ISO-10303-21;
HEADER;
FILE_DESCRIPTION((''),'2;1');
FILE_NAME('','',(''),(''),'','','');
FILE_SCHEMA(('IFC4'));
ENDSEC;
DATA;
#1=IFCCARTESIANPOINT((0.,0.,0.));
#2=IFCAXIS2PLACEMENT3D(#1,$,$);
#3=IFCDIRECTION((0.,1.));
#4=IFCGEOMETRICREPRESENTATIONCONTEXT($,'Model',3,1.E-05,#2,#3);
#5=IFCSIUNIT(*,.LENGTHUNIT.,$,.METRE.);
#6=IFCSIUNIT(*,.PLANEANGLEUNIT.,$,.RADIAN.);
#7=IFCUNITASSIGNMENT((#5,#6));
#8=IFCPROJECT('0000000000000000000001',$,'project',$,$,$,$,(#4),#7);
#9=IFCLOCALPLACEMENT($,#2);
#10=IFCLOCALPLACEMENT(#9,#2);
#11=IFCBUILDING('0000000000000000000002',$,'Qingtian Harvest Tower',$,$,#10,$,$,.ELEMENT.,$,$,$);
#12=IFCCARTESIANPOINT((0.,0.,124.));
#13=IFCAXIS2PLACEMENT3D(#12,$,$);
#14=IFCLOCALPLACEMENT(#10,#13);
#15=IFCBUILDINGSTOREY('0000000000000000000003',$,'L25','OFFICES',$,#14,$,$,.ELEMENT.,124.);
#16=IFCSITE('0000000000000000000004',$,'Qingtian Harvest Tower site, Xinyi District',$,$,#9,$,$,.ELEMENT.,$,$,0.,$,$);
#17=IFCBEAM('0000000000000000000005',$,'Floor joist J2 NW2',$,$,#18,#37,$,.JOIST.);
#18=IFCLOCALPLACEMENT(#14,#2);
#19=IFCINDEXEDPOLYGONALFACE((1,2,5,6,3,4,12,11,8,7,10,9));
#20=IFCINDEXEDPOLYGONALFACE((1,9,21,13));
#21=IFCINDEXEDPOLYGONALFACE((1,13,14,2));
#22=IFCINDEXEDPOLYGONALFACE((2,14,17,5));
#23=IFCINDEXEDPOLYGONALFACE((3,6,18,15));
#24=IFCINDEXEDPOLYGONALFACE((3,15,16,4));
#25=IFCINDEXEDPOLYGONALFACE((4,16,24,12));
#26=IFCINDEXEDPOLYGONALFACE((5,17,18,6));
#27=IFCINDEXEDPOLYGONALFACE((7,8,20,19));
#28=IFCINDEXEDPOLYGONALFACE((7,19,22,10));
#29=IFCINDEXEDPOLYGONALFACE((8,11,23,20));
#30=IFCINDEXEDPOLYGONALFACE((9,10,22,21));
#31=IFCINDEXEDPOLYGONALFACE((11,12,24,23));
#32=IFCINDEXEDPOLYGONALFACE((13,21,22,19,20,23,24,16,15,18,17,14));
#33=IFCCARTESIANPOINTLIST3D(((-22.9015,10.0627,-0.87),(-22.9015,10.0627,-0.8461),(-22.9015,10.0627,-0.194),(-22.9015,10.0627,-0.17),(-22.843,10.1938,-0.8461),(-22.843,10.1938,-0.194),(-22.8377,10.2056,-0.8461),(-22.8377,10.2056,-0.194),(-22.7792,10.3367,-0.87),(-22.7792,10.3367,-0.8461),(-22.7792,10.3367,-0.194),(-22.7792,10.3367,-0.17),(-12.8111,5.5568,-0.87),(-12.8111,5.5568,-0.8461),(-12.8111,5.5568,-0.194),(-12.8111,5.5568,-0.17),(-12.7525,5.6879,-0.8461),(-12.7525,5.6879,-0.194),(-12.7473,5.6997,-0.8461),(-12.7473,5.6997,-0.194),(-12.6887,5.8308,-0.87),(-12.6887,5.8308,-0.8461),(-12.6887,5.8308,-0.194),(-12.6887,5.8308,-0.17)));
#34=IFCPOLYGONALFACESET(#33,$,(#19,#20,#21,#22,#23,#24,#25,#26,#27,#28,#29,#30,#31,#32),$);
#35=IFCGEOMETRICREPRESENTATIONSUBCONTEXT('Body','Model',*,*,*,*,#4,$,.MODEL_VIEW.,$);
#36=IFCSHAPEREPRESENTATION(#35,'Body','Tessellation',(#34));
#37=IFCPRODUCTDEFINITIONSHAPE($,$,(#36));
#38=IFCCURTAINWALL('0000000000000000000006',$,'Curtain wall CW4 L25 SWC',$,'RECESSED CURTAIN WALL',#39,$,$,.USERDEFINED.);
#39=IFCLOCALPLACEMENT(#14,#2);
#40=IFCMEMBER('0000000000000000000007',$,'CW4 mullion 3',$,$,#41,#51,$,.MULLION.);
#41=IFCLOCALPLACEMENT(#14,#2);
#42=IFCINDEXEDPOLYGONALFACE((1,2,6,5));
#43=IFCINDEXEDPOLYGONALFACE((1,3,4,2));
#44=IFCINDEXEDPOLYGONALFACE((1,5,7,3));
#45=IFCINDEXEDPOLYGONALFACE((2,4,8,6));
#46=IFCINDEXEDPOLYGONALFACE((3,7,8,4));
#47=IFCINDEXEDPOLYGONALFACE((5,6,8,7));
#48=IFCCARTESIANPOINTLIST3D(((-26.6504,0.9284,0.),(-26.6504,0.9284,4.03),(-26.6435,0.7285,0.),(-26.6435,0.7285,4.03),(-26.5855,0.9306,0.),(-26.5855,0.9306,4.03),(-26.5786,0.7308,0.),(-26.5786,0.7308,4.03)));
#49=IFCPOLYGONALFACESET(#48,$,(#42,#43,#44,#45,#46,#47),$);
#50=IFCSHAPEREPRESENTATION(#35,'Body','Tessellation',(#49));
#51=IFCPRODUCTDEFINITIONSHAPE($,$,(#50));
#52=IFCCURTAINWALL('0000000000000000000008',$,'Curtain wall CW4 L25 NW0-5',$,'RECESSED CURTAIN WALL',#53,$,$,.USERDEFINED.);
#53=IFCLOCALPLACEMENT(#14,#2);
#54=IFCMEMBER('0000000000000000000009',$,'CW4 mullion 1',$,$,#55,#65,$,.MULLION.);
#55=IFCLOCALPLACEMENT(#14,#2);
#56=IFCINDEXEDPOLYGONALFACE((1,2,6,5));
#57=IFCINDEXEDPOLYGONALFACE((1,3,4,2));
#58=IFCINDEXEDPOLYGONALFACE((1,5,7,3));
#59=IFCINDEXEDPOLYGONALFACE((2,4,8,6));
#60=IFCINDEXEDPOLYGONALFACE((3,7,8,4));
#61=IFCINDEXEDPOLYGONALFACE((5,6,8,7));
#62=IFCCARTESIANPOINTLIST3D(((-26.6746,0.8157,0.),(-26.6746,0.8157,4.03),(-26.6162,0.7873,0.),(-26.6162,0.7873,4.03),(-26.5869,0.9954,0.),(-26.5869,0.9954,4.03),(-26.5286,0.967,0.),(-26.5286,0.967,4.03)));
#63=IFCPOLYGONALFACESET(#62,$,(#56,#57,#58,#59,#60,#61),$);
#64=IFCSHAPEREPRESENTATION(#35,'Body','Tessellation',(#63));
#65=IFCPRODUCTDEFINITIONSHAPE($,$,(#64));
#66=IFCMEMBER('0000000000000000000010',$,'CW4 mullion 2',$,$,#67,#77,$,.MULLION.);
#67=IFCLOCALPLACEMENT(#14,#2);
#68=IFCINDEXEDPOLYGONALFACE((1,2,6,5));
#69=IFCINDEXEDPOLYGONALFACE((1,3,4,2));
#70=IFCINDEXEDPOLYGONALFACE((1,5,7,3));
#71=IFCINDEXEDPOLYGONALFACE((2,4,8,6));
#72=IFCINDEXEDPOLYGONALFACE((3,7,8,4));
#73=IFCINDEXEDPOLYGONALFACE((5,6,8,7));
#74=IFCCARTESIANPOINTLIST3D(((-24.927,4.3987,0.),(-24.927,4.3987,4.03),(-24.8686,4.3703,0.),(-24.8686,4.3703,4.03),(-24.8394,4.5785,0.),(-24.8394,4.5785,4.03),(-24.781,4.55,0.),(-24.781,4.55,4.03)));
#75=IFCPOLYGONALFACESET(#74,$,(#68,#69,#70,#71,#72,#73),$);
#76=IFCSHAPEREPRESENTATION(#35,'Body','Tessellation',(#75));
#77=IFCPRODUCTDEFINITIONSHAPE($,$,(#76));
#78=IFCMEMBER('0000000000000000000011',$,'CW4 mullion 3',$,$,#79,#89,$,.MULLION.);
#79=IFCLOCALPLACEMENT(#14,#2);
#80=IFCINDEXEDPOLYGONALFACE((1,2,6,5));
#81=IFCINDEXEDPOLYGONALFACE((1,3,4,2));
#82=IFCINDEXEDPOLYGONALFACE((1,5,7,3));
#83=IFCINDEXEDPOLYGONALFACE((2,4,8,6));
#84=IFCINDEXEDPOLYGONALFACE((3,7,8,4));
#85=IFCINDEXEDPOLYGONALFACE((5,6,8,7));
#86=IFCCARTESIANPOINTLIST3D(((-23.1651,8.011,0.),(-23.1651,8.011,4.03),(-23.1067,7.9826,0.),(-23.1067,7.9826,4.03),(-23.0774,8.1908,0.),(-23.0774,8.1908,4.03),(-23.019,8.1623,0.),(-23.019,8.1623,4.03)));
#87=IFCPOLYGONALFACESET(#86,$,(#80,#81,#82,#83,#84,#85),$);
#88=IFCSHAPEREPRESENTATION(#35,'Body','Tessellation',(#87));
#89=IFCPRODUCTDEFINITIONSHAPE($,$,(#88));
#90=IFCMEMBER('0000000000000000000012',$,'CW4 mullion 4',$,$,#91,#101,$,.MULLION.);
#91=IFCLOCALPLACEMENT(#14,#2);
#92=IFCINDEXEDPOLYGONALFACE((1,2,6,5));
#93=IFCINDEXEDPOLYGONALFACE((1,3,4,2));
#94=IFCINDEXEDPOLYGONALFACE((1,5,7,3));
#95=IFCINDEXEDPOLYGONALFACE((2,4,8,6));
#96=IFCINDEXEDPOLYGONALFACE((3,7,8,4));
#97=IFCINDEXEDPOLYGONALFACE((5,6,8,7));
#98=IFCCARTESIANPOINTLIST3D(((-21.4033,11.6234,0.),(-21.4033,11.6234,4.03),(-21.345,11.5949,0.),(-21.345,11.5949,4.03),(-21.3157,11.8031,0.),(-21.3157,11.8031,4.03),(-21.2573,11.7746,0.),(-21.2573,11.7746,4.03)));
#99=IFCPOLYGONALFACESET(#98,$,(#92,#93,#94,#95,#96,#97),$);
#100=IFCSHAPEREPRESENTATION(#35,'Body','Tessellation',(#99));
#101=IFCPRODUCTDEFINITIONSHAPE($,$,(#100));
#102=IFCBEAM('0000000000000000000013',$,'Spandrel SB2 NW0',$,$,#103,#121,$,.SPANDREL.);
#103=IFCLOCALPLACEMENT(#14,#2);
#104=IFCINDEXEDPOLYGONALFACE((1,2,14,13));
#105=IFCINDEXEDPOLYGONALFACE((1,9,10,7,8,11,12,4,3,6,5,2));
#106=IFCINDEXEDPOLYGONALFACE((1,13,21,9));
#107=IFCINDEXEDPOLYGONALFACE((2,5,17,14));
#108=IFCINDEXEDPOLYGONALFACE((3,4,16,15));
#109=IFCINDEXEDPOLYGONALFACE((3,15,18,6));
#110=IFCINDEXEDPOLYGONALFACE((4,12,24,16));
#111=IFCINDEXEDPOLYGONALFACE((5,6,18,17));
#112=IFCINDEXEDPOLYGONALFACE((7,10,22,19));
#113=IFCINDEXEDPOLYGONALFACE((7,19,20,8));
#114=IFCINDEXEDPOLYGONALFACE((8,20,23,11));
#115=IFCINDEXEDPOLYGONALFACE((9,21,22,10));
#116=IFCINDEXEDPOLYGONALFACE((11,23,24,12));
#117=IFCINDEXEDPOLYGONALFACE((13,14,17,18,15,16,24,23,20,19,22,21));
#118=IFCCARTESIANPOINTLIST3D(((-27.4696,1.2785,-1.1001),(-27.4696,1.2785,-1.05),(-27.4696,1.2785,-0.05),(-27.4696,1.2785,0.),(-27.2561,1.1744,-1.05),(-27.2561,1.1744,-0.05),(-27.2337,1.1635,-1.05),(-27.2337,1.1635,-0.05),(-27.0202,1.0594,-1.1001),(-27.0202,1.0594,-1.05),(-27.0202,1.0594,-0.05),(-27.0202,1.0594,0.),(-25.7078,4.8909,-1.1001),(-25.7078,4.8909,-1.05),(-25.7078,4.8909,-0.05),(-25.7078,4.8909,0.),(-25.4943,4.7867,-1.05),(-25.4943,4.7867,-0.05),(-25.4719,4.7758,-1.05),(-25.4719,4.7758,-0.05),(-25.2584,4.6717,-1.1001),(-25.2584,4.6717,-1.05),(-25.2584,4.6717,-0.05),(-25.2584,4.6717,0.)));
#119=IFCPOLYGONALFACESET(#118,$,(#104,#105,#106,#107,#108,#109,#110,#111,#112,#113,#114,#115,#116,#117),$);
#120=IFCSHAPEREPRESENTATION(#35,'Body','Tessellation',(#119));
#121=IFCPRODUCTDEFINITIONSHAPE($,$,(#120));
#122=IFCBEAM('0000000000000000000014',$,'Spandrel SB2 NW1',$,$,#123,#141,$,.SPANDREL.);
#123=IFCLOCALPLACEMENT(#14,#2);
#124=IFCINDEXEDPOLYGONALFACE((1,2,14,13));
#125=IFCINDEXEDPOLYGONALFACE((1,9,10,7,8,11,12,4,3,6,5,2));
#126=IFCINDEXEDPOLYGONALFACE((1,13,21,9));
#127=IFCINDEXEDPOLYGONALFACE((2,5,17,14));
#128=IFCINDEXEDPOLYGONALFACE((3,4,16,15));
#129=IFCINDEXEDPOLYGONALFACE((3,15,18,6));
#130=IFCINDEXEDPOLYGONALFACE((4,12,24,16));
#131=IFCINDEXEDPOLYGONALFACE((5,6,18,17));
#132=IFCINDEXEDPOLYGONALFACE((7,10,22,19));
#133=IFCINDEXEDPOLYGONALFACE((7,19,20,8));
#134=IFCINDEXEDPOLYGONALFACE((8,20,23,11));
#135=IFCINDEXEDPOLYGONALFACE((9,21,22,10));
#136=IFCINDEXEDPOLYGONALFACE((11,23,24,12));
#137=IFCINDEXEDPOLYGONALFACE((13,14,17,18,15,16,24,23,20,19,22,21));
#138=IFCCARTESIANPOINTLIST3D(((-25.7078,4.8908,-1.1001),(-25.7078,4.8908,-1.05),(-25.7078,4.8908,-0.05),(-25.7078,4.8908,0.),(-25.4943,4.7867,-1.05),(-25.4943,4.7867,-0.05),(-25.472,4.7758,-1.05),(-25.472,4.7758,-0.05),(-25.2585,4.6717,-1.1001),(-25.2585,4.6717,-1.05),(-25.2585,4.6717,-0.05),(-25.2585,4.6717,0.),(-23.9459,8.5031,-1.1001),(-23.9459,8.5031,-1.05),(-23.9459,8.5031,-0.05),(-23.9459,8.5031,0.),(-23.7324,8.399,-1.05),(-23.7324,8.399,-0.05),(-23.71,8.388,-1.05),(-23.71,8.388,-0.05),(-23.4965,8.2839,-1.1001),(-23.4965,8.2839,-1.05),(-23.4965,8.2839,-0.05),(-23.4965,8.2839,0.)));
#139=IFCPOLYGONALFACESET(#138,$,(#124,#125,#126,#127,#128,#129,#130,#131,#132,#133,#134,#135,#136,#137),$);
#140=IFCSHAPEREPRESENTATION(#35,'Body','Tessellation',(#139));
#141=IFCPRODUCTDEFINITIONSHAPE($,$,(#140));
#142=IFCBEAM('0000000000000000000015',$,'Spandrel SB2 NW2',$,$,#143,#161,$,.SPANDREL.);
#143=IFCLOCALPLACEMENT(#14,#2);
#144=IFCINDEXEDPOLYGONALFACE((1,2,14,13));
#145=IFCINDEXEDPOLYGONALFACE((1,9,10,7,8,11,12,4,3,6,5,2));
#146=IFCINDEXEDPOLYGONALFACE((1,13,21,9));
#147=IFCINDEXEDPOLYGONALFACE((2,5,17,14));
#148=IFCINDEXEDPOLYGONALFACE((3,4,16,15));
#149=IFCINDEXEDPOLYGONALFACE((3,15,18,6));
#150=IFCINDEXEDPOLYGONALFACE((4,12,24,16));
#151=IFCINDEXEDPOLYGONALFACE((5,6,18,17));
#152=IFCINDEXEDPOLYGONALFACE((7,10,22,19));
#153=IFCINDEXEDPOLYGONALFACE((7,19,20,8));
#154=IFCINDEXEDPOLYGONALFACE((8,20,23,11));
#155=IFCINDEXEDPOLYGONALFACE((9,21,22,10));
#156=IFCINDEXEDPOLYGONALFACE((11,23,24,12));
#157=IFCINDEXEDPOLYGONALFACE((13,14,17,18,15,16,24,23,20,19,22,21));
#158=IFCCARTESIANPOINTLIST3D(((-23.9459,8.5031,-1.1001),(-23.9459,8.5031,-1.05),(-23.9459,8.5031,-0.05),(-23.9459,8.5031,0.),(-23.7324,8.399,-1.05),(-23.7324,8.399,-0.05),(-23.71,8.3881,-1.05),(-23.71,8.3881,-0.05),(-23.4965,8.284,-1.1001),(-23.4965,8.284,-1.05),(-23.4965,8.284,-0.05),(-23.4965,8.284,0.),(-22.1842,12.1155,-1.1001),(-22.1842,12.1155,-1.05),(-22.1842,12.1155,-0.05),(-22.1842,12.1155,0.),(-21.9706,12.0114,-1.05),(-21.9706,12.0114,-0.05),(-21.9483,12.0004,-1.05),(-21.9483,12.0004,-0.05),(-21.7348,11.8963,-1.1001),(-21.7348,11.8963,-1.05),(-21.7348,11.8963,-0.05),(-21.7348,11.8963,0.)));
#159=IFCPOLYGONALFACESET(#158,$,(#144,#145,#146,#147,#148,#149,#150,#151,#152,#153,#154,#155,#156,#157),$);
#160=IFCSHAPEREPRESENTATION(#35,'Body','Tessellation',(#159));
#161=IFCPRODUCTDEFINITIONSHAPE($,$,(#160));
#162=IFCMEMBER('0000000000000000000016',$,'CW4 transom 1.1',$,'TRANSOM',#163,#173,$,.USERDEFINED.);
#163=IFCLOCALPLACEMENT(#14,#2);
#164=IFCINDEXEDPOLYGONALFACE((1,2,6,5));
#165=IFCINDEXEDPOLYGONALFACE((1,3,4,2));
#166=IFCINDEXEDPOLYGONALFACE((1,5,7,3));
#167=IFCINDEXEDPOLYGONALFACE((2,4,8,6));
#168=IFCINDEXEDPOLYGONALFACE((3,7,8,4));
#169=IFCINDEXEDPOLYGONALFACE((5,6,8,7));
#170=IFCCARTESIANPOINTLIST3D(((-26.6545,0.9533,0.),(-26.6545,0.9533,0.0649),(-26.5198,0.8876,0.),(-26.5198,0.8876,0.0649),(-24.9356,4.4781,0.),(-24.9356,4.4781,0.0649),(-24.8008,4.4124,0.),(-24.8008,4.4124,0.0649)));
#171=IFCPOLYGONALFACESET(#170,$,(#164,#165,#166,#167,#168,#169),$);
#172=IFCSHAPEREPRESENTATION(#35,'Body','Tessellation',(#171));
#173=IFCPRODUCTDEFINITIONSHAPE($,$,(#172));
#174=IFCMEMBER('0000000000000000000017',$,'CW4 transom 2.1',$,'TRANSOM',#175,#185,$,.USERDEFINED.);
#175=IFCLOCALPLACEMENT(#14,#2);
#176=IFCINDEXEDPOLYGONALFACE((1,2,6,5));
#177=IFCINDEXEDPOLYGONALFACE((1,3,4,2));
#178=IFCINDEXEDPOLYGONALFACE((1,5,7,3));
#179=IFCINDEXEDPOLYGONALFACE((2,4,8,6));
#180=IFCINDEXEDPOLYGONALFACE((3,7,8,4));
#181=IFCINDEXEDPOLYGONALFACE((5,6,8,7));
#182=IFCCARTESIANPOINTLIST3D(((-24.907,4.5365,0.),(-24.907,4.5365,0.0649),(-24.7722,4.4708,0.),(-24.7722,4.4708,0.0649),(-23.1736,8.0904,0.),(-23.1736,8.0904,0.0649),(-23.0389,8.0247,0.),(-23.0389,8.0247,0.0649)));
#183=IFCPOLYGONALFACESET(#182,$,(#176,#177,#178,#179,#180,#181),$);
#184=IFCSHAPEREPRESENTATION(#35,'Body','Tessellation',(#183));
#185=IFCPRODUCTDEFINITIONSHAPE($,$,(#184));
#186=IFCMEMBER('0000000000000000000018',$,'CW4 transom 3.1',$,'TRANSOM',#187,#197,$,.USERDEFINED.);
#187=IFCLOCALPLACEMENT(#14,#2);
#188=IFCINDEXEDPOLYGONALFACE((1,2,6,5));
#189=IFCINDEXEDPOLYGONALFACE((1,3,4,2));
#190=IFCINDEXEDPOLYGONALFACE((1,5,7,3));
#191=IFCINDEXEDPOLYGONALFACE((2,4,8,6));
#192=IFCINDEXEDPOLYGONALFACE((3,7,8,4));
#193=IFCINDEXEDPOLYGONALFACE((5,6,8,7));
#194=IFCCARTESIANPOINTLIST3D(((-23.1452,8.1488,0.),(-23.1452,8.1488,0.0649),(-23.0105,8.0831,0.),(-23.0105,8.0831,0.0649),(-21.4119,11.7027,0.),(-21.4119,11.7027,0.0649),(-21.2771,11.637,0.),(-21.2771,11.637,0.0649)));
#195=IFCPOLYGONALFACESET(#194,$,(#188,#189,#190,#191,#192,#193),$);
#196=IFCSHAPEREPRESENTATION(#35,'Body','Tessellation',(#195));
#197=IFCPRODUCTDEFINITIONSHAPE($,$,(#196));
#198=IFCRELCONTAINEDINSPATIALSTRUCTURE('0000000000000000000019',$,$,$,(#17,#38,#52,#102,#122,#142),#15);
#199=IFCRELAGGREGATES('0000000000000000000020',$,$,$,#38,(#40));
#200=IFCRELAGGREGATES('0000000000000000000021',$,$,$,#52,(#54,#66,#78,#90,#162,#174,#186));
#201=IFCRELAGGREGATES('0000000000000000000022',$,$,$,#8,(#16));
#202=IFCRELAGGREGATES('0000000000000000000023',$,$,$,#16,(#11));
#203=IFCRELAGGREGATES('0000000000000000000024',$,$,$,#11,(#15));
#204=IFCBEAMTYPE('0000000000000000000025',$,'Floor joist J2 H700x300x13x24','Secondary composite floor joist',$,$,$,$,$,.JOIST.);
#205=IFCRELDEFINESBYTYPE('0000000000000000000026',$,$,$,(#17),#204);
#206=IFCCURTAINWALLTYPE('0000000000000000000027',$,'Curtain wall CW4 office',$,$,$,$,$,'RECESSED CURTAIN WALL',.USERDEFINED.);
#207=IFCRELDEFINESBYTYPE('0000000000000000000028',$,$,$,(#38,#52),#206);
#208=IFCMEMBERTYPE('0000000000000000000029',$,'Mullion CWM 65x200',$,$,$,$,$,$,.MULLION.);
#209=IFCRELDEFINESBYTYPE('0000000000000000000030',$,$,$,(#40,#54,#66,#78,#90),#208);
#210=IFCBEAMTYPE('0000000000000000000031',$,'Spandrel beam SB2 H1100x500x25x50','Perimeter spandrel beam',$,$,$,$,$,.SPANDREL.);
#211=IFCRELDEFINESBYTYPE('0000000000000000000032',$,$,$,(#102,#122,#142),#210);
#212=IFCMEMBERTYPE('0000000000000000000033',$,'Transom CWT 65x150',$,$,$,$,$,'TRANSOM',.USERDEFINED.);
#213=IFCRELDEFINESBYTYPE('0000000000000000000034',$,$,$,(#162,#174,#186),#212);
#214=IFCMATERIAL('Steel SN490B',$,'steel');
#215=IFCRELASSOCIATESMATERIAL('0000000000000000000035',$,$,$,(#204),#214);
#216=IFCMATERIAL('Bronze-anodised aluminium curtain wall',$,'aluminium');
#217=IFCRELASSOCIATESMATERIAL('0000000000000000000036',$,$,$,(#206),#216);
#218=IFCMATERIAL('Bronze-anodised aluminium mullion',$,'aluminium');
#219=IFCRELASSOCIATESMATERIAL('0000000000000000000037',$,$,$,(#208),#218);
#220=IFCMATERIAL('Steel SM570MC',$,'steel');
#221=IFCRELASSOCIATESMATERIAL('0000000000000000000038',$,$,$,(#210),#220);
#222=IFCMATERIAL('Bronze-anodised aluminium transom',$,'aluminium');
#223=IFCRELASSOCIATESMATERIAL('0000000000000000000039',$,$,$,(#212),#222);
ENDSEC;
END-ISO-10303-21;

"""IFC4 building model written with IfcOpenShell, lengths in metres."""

from ifc_helpers import new_model, si_unit, direction, frame, origin, origin_2d, place, context, subcontext, project, spatial, rectangle, i_section, extrude, material, material_profile, profile_set, type_object, element, aggregate, save


model = new_model("IFC4")

# Units and contexts
model_context = context("Model", 3, precision=1e-05, world=origin(), true_north=direction((0.0, 1.0)))
body_context = subcontext(model_context, "Body", "Model", "MODEL_VIEW")
ifc_project = project(units=[si_unit("LENGTHUNIT", "METRE"), si_unit("PLANEANGLEUNIT", "RADIAN")], contexts=[model_context])

# Site, building, storey
site_placement = place(None, origin())
site = spatial("IfcSite", under=ifc_project, at=site_placement, Name="Qingtian Harvest Tower site, Xinyi District", CompositionType="ELEMENT", RefElevation=0.0)
building_placement = place(site_placement, origin())
building = spatial("IfcBuilding", under=site, at=building_placement, Name="Qingtian Harvest Tower", CompositionType="ELEMENT")
storey_placement = place(building_placement, frame((0.0, 0.0, 124.0)))
storey = spatial("IfcBuildingStorey", under=building, at=storey_placement, Name="L25", Description="OFFICES", CompositionType="ELEMENT", Elevation=124.0)

# Beam
ifc_material_1 = material(Name="Steel SN490B", Category="steel")
ifc_material_profile_1 = material_profile(ifc_material_1, i_section(OverallWidth=0.3, OverallDepth=0.7, WebThickness=0.0129, FlangeThickness=0.0239, at=origin_2d()), Name="H700x300x13x24")
ifc_profile_set_1 = profile_set([ifc_material_profile_1], Name="Steel SN490B")
beam_type_1 = type_object("IfcBeamType", Name="Floor joist J2 H700x300x13x24", Description="Secondary composite floor joist", PredefinedType="JOIST", material=ifc_profile_set_1)
beam_1_placement = place(storey_placement, frame((-22.8403, 10.1997, -0.52), z_axis=(0.913096, -0.407745, 0.0), x_axis=(0.407745, 0.913096, 0.0)))
element("IfcBeam", 1, at=beam_1_placement, inside=storey, type_object=beam_type_1, Name="Floor joist J2 NW2", PredefinedType="JOIST", context=body_context, shape_type="SweptSolid", body=[
    extrude(i_section(OverallWidth=0.3, OverallDepth=0.7, WebThickness=0.0129, FlangeThickness=0.0239, at=origin_2d()), origin(), (0.0, 0.0, 1.0), 11.0508),
])

# Curtain wall, member
ifc_material_2 = material(Name="Bronze-anodised aluminium curtain wall", Category="aluminium")
curtain_wall_type = type_object("IfcCurtainWallType", Name="Curtain wall CW4 office", ElementType="RECESSED CURTAIN WALL", PredefinedType="USERDEFINED", material=ifc_material_2)
curtain_wall_1_placement = place(storey_placement, origin())
curtain_wall_1 = element("IfcCurtainWall", 2, at=curtain_wall_1_placement, inside=storey, type_object=curtain_wall_type, Name="Curtain wall CW4 L25 SWC", ObjectType="RECESSED CURTAIN WALL", PredefinedType="USERDEFINED")
ifc_material_3 = material(Name="Bronze-anodised aluminium mullion", Category="aluminium")
ifc_material_profile_2 = material_profile(ifc_material_3, rectangle(XDim=0.0649, YDim=0.2, at=origin_2d()), Name="AL 65x200")
ifc_profile_set_2 = profile_set([ifc_material_profile_2], Name="Bronze-anodised aluminium mullion")
member_type_1 = type_object("IfcMemberType", Name="Mullion CWM 65x200", PredefinedType="MULLION", material=ifc_profile_set_2)
member_1_placement = place(storey_placement, frame((-26.6145, 0.8296, 0.0), z_axis=(0.0, 0.0, 1.0), x_axis=(-0.999391, -0.034899, 0.0)))
member_1 = element("IfcMember", 3, at=member_1_placement, type_object=member_type_1, Name="CW4 mullion 3", PredefinedType="MULLION", context=body_context, shape_type="SweptSolid", body=[
    extrude(rectangle(XDim=0.0649, YDim=0.2, at=origin_2d()), origin(), (0.0, 0.0, 1.0), 4.03),
])
aggregate(curtain_wall_1, [member_1])

# Curtain wall, members
curtain_wall_2_placement = place(storey_placement, origin())
curtain_wall_2 = element("IfcCurtainWall", 4, at=curtain_wall_2_placement, inside=storey, type_object=curtain_wall_type, Name="Curtain wall CW4 L25 NW0-5", ObjectType="RECESSED CURTAIN WALL", PredefinedType="USERDEFINED")
member_2_placement = place(storey_placement, frame((-26.6016, 0.8914, 0.0), z_axis=(0.0, 0.0, 1.0), x_axis=(-0.898794, 0.438371, 0.0)))
member_2 = element("IfcMember", 5, at=member_2_placement, type_object=member_type_1, Name="CW4 mullion 1", PredefinedType="MULLION", context=body_context, shape_type="SweptSolid", body=[
    extrude(rectangle(XDim=0.0649, YDim=0.2, at=origin_2d()), origin(), (0.0, 0.0, 1.0), 4.03),
])
member_3_placement = place(storey_placement, frame((-24.854, 4.4744, 0.0), z_axis=(0.0, 0.0, 1.0), x_axis=(-0.898794, 0.438371, 0.0)))
member_3 = element("IfcMember", 6, at=member_3_placement, type_object=member_type_1, Name="CW4 mullion 2", PredefinedType="MULLION", context=body_context, shape_type="SweptSolid", body=[
    extrude(rectangle(XDim=0.0649, YDim=0.2, at=origin_2d()), origin(), (0.0, 0.0, 1.0), 4.03),
])
member_4_placement = place(storey_placement, frame((-23.092, 8.0867, 0.0), z_axis=(0.0, 0.0, 1.0), x_axis=(-0.898794, 0.438371, 0.0)))
member_4 = element("IfcMember", 7, at=member_4_placement, type_object=member_type_1, Name="CW4 mullion 3", PredefinedType="MULLION", context=body_context, shape_type="SweptSolid", body=[
    extrude(rectangle(XDim=0.0649, YDim=0.2, at=origin_2d()), origin(), (0.0, 0.0, 1.0), 4.03),
])
member_5_placement = place(storey_placement, frame((-21.3303, 11.699, 0.0), z_axis=(0.0, 0.0, 1.0), x_axis=(-0.898794, 0.438371, 0.0)))
member_5 = element("IfcMember", 8, at=member_5_placement, type_object=member_type_1, Name="CW4 mullion 4", PredefinedType="MULLION", context=body_context, shape_type="SweptSolid", body=[
    extrude(rectangle(XDim=0.0649, YDim=0.2, at=origin_2d()), origin(), (0.0, 0.0, 1.0), 4.03),
])

# Beams
ifc_material_4 = material(Name="Steel SM570MC", Category="steel")
ifc_material_profile_3 = material_profile(ifc_material_4, i_section(OverallWidth=0.5, OverallDepth=1.1001, WebThickness=0.0249, FlangeThickness=0.05, at=origin_2d()), Name="H1100x500x25x50")
ifc_profile_set_3 = profile_set([ifc_material_profile_3], Name="Steel SM570MC")
beam_type_2 = type_object("IfcBeamType", Name="Spandrel beam SB2 H1100x500x25x50", Description="Perimeter spandrel beam", PredefinedType="SPANDREL", material=ifc_profile_set_3)
for number, where, z_axis, x_axis, name in (
    (9, (-27.2449, 1.1689, -0.55), (0.438347, 0.898806, 0.0), (-0.898806, 0.438347, 0.0), "Spandrel SB2 NW0"),
    (10, (-25.4832, 4.7812, -0.55), (0.438396, 0.898782, 0.0), (-0.898782, 0.438396, 0.0), "Spandrel SB2 NW1"),
    (11, (-23.7212, 8.3936, -0.55), (0.438347, 0.898806, 0.0), (-0.898806, 0.438347, 0.0), "Spandrel SB2 NW2"),
):
    element("IfcBeam", number, at=place(storey_placement, frame(where, z_axis=z_axis, x_axis=x_axis)), inside=storey, type_object=beam_type_2, Name=name, PredefinedType="SPANDREL", context=body_context, shape_type="SweptSolid", body=[
        extrude(i_section(OverallWidth=0.5, OverallDepth=1.1001, WebThickness=0.0249, FlangeThickness=0.05, at=origin_2d()), origin(), (0.0, 0.0, 1.0), 4.019),
    ])

# Members
ifc_material_5 = material(Name="Bronze-anodised aluminium transom", Category="aluminium")
ifc_material_profile_4 = material_profile(ifc_material_5, rectangle(XDim=0.1499, YDim=0.0649, at=origin_2d()), Name="AL 65x150")
ifc_profile_set_4 = profile_set([ifc_material_profile_4], Name="Bronze-anodised aluminium transom")
member_type_2 = type_object("IfcMemberType", Name="Transom CWT 65x150", ElementType="TRANSOM", PredefinedType="USERDEFINED", material=ifc_profile_set_4)
member_6_placement = place(storey_placement, frame((-26.5872, 0.9204, 0.0325), z_axis=(0.438327, 0.898816, 0.0), x_axis=(-0.898816, 0.438327, 0.0)))
member_6 = element("IfcMember", 12, at=member_6_placement, type_object=member_type_2, Name="CW4 transom 1.1", ObjectType="TRANSOM", PredefinedType="USERDEFINED", context=body_context, shape_type="SweptSolid", body=[
    extrude(rectangle(XDim=0.1499, YDim=0.0649, at=origin_2d()), origin(), (0.0, 0.0, 1.0), 3.9216),
])
member_7_placement = place(storey_placement, frame((-24.8396, 4.5037, 0.0325), z_axis=(0.438375, 0.898792, 0.0), x_axis=(-0.898792, 0.438375, 0.0)))
member_7 = element("IfcMember", 13, at=member_7_placement, type_object=member_type_2, Name="CW4 transom 2.1", ObjectType="TRANSOM", PredefinedType="USERDEFINED", context=body_context, shape_type="SweptSolid", body=[
    extrude(rectangle(XDim=0.1499, YDim=0.0649, at=origin_2d()), origin(), (0.0, 0.0, 1.0), 3.9541),
])
member_8_placement = place(storey_placement, frame((-23.0779, 8.116, 0.0325), z_axis=(0.438375, 0.898792, 0.0), x_axis=(-0.898792, 0.438375, 0.0)))
member_8 = element("IfcMember", 14, at=member_8_placement, type_object=member_type_2, Name="CW4 transom 3.1", ObjectType="TRANSOM", PredefinedType="USERDEFINED", context=body_context, shape_type="SweptSolid", body=[
    extrude(rectangle(XDim=0.1499, YDim=0.0649, at=origin_2d()), origin(), (0.0, 0.0, 1.0), 3.9541),
])

aggregate(curtain_wall_2, [member_2, member_3, member_4, member_5, member_6, member_7, member_8])

save(model, "model.ifc")
